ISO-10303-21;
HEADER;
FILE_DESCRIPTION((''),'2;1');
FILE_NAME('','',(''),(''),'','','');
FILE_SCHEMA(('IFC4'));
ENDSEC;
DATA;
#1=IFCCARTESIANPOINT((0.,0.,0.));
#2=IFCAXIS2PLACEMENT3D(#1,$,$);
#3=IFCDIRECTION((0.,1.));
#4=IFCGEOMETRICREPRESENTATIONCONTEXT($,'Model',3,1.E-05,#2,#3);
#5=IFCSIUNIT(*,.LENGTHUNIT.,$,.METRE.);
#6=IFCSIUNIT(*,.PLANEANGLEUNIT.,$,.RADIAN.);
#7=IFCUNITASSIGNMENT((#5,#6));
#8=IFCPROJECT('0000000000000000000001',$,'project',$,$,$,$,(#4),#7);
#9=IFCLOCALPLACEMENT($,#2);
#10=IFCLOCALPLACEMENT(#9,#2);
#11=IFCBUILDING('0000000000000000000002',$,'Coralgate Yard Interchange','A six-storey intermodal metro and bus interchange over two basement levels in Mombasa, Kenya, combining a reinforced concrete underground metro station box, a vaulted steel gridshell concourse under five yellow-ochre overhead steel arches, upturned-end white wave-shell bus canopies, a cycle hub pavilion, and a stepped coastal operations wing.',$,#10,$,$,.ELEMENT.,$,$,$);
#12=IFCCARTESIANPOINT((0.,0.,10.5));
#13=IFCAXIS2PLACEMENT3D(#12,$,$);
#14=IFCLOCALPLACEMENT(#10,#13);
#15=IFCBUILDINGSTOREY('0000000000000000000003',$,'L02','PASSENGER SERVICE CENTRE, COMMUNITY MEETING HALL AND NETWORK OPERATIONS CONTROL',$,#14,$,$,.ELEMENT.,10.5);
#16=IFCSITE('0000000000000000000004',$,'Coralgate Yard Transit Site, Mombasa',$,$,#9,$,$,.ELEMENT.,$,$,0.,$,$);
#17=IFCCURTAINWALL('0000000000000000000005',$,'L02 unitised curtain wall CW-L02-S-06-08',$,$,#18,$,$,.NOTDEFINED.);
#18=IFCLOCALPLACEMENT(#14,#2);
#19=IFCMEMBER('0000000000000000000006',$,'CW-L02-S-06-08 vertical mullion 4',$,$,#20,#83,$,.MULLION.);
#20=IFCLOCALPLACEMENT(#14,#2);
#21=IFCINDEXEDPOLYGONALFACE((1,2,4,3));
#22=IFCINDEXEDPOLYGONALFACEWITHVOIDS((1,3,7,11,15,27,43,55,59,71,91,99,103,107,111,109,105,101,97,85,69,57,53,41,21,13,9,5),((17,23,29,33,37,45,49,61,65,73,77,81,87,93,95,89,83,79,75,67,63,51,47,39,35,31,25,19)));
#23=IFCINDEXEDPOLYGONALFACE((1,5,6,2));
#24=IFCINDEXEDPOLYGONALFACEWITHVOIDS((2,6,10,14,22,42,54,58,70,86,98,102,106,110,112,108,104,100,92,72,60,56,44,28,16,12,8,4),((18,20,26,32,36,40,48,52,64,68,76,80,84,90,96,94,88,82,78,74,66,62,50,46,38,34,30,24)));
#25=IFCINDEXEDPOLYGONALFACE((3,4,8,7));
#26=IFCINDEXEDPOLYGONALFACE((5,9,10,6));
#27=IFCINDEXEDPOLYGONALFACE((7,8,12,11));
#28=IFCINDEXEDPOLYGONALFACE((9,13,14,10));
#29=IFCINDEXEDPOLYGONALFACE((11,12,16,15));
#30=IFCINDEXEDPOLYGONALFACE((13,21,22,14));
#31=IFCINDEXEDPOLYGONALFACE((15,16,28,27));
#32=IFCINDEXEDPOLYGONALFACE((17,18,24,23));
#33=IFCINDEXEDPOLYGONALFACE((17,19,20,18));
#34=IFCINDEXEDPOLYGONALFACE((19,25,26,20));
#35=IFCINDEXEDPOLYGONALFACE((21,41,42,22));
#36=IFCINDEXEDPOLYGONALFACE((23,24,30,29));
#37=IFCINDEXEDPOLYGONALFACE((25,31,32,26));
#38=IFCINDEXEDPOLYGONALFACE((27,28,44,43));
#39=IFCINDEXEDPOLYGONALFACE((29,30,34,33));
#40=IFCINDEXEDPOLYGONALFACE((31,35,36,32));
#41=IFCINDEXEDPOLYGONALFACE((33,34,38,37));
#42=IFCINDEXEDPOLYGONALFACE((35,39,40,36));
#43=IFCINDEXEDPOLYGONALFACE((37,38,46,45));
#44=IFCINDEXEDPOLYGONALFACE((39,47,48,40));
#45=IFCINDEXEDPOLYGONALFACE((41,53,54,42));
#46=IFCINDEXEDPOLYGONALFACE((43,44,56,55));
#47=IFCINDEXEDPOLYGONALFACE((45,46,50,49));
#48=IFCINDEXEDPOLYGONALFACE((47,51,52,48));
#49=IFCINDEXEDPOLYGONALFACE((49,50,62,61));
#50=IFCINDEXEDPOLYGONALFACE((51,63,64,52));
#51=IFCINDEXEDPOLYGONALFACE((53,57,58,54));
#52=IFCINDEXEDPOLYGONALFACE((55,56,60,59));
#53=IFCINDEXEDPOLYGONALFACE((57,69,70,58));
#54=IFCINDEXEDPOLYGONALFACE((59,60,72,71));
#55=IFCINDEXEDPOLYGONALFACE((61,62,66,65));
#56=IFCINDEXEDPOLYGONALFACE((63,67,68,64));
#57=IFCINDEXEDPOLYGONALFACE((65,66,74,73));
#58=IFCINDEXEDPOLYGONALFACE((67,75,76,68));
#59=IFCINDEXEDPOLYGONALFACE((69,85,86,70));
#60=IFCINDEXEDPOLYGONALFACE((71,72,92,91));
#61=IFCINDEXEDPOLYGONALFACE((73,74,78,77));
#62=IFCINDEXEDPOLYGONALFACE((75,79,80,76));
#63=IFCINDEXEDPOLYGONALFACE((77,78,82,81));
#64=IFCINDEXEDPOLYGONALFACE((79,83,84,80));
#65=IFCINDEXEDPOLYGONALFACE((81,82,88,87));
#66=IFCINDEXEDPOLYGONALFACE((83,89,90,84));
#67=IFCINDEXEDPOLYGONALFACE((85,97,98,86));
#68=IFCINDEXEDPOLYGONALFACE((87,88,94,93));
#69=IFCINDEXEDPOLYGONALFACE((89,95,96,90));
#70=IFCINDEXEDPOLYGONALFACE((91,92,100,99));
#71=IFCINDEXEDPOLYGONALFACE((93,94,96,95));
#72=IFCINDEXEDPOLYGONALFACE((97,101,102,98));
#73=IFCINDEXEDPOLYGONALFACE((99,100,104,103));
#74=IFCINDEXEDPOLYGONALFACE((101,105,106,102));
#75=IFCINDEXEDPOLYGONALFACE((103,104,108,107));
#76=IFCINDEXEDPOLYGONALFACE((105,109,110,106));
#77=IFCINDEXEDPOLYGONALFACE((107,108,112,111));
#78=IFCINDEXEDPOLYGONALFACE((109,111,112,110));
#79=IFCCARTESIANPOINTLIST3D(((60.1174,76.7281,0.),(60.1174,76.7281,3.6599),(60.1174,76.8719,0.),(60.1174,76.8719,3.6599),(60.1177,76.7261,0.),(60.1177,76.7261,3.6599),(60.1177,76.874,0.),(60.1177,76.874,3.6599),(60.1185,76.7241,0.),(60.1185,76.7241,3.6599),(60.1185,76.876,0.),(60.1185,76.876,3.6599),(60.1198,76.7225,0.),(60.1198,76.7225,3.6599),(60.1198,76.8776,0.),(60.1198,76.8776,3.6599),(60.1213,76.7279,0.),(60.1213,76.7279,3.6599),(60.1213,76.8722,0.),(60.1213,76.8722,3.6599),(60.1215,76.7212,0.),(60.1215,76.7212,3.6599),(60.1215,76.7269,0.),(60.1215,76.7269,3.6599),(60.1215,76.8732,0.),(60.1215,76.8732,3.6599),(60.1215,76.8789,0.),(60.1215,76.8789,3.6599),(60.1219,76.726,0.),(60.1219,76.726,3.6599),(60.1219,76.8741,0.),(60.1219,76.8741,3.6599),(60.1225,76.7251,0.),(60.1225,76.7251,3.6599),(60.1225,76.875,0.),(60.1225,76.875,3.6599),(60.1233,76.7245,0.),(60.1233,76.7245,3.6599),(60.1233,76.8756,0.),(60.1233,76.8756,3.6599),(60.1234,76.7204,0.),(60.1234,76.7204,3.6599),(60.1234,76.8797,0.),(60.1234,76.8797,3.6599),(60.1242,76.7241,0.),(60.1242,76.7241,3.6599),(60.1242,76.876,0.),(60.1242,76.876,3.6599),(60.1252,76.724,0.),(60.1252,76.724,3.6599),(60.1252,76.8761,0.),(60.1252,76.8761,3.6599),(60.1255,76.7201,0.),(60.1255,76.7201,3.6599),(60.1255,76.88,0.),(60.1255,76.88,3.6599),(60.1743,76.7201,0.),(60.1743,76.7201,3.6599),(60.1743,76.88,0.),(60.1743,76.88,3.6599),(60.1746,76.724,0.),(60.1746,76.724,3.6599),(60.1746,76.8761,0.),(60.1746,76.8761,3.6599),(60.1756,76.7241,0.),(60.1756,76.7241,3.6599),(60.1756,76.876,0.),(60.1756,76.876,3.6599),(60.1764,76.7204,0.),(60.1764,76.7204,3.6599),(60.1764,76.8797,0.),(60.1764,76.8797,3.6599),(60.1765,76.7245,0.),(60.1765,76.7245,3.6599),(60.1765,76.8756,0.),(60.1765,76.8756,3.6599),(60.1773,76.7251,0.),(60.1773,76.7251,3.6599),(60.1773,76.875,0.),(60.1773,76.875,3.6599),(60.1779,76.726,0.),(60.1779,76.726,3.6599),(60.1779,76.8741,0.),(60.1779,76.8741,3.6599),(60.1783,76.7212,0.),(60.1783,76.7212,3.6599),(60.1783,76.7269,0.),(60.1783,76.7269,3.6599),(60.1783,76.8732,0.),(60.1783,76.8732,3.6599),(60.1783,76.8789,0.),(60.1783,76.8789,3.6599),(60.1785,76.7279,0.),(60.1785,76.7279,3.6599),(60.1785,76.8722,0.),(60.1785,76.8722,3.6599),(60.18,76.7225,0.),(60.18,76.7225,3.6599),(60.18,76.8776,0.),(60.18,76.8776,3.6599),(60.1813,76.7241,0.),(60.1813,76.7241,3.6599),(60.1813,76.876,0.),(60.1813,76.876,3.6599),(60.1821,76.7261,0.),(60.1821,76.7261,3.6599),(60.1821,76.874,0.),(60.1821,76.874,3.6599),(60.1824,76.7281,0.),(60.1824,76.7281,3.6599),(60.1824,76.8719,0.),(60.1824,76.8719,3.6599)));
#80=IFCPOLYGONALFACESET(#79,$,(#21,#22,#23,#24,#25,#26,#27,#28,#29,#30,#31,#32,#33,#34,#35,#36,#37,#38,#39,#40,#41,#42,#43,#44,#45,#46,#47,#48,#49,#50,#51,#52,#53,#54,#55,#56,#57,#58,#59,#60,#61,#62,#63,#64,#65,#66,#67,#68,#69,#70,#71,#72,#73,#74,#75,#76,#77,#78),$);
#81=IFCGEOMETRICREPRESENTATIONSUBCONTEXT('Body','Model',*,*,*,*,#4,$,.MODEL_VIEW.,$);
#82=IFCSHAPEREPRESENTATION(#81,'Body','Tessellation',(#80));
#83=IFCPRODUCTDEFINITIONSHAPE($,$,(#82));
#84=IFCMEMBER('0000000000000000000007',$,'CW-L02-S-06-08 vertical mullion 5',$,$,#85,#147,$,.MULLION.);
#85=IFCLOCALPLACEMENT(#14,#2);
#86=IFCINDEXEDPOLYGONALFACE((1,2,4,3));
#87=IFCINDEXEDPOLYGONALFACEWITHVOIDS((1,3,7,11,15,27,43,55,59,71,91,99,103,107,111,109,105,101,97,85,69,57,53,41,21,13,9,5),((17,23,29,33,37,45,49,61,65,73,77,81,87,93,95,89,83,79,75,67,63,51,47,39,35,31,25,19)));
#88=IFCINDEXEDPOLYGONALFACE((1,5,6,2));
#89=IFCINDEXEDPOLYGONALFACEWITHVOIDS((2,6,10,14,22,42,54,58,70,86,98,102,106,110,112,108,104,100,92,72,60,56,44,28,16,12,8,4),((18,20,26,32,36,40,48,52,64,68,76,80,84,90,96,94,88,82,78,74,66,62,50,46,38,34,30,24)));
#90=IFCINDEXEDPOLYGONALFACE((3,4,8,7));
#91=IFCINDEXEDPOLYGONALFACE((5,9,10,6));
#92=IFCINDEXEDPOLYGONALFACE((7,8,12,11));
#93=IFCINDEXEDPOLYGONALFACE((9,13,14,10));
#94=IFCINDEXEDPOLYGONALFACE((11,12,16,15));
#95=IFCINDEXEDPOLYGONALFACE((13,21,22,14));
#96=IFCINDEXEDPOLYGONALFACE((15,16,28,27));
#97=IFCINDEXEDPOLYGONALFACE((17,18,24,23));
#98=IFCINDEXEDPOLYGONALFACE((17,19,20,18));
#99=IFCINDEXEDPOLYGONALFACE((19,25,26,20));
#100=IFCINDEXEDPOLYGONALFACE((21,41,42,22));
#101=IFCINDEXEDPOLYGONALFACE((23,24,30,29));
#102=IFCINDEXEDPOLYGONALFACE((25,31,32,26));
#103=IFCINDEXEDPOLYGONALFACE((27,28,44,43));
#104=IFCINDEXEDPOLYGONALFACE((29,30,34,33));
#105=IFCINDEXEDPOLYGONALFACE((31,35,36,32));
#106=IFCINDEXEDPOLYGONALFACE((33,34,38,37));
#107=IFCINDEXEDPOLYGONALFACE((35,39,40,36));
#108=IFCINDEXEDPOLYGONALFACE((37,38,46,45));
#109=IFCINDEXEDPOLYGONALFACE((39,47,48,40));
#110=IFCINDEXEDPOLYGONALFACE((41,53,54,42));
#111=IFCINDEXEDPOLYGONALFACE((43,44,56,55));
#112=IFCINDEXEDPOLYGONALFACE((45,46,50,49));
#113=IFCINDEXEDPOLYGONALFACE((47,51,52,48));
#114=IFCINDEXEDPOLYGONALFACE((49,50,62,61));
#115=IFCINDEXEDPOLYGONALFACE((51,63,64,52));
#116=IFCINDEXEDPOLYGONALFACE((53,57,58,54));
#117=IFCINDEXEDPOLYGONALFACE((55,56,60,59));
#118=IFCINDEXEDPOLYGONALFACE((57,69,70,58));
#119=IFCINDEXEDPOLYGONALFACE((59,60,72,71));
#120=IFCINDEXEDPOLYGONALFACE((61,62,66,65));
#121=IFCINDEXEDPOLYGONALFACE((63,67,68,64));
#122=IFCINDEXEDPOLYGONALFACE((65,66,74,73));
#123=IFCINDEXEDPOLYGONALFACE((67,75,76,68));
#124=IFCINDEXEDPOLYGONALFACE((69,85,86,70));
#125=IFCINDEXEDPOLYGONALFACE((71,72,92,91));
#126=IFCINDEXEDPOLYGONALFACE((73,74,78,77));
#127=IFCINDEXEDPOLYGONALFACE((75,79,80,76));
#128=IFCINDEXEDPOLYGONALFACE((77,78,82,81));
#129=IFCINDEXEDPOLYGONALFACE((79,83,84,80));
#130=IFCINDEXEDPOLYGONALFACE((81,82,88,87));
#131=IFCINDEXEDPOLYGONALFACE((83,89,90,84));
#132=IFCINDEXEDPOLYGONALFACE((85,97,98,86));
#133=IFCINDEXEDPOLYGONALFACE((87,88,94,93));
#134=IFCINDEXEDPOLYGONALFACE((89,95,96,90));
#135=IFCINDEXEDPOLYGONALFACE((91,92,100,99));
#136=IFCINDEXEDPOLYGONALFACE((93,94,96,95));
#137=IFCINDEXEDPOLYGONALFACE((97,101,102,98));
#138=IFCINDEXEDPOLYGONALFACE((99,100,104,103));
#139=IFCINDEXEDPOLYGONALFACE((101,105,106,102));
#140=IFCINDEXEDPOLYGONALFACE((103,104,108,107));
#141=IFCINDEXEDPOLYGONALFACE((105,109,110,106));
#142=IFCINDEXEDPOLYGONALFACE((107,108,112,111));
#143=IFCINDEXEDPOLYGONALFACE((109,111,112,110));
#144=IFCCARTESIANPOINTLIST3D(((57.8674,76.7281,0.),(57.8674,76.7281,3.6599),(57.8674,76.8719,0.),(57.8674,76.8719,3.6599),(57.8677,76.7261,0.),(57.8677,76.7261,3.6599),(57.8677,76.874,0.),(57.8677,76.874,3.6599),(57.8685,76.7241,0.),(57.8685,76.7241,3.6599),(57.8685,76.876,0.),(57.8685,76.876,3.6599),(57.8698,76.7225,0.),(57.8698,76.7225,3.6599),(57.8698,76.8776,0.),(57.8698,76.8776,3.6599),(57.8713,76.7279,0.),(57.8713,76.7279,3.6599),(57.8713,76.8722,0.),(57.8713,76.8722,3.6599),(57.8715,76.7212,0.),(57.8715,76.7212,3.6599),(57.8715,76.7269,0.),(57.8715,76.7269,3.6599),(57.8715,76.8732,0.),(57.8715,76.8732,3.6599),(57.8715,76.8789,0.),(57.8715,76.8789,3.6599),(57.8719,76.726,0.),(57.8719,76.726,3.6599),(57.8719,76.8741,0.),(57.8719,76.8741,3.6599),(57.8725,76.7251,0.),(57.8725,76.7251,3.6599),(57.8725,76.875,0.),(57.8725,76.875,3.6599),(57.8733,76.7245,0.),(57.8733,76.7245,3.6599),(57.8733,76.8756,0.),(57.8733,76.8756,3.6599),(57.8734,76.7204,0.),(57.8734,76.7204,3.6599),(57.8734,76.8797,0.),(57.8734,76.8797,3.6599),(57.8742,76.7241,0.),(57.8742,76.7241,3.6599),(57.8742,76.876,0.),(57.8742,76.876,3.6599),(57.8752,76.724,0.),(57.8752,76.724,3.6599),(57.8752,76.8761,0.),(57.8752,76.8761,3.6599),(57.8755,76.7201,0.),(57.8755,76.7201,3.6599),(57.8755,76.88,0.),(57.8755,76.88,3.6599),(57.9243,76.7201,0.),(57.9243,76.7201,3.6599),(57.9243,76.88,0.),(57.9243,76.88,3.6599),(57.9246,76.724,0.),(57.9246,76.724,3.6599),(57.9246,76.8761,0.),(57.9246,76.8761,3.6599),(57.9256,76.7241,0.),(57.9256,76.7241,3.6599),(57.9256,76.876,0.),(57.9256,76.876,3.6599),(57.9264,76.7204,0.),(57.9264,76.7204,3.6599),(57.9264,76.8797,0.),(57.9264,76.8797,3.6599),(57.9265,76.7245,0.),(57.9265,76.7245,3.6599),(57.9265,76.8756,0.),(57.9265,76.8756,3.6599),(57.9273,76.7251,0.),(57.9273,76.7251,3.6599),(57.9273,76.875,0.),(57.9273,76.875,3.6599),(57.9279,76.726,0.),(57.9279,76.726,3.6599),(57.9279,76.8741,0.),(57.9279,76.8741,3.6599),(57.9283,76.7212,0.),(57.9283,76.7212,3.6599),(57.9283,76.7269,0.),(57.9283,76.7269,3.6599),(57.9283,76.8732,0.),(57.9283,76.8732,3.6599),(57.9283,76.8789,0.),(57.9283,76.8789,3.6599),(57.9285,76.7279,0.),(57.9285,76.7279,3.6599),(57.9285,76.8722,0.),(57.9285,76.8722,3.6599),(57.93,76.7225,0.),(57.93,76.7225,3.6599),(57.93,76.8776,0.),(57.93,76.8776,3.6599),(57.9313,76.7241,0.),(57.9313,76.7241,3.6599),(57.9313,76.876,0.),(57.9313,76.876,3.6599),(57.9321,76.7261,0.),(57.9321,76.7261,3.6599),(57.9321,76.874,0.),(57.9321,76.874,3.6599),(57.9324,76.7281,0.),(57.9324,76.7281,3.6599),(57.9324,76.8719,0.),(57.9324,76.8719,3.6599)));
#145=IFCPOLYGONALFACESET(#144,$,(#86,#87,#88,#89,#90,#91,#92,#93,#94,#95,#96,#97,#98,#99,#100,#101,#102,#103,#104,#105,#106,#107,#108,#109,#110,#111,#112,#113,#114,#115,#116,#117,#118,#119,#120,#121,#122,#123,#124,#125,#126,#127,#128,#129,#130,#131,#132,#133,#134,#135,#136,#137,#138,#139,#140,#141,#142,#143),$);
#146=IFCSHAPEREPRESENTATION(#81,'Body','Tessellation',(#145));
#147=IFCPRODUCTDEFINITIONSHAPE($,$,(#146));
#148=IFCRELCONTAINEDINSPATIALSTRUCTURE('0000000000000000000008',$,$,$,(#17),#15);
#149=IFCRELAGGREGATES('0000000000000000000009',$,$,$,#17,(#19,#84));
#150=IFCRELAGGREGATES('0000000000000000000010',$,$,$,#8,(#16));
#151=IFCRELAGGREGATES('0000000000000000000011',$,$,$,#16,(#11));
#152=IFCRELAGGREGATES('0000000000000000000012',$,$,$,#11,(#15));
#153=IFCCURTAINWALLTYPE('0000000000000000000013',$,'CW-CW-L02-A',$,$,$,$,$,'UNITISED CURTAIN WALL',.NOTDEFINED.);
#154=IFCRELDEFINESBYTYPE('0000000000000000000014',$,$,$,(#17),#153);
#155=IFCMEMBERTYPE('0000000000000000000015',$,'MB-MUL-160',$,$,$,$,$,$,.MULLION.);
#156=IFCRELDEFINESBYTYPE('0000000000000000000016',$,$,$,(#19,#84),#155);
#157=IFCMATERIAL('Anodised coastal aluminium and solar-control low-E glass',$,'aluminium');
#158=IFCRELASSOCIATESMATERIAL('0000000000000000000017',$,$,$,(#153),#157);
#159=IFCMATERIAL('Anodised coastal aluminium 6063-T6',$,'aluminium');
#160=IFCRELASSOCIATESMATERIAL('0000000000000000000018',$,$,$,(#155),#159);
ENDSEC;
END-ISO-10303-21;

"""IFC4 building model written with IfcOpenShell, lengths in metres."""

from ifc_helpers import new_model, si_unit, direction, frame, origin, origin_2d, place, context, subcontext, project, spatial, hollow_rectangle, extrude, material, material_profile, profile_set, type_object, element, aggregate, save


model = new_model("IFC4")

# Units and contexts
model_context = context("Model", 3, precision=1e-05, world=origin(), true_north=direction((0.0, 1.0)))
body_context = subcontext(model_context, "Body", "Model", "MODEL_VIEW")
ifc_project = project(units=[si_unit("LENGTHUNIT", "METRE"), si_unit("PLANEANGLEUNIT", "RADIAN")], contexts=[model_context])

# Site, building, storey
site_placement = place(None, origin())
site = spatial("IfcSite", under=ifc_project, at=site_placement, Name="Coralgate Yard Transit Site, Mombasa", CompositionType="ELEMENT", RefElevation=0.0)
building_placement = place(site_placement, origin())
building = spatial("IfcBuilding", under=site, at=building_placement, Name="Coralgate Yard Interchange", Description="A six-storey intermodal metro and bus interchange over two basement levels in Mombasa, Kenya, combining a reinforced concrete underground metro station box, a vaulted steel gridshell concourse under five yellow-ochre overhead steel arches, upturned-end white wave-shell bus canopies, a cycle hub pavilion, and a stepped coastal operations wing.", CompositionType="ELEMENT")
storey_placement = place(building_placement, frame((0.0, 0.0, 10.5)))
storey = spatial("IfcBuildingStorey", under=building, at=storey_placement, Name="L02", Description="PASSENGER SERVICE CENTRE, COMMUNITY MEETING HALL AND NETWORK OPERATIONS CONTROL", CompositionType="ELEMENT", Elevation=10.5)

# Curtain wall, members
ifc_material_1 = material(Name="Anodised coastal aluminium and solar-control low-E glass", Category="aluminium")
curtain_wall_type = type_object("IfcCurtainWallType", Name="CW-CW-L02-A", ElementType="UNITISED CURTAIN WALL", PredefinedType="NOTDEFINED", material=ifc_material_1)
curtain_wall_placement = place(storey_placement, origin())
curtain_wall = element("IfcCurtainWall", 1, at=curtain_wall_placement, inside=storey, type_object=curtain_wall_type, Name="L02 unitised curtain wall CW-L02-S-06-08", PredefinedType="NOTDEFINED")
ifc_material_2 = material(Name="Anodised coastal aluminium 6063-T6", Category="aluminium")
ifc_material_profile_1 = material_profile(ifc_material_2, hollow_rectangle(XDim=0.0649, YDim=0.1599, WallThickness=0.0039, InnerFilletRadius=0.0039, OuterFilletRadius=0.0081, at=origin_2d()), Name="ALU 65x160x4")
ifc_profile_set_1 = profile_set([ifc_material_profile_1], Name="Anodised coastal aluminium 6063-T6")
member_type_1 = type_object("IfcMemberType", Name="MB-MUL-160", PredefinedType="MULLION", material=ifc_profile_set_1)
member_1_placement = place(storey_placement, frame((60.1499, 76.8, 0.0), z_axis=(0.0, 0.0, 1.0), x_axis=(1.0, 0.0, 0.0)))
member_1 = element("IfcMember", 2, at=member_1_placement, type_object=member_type_1, Name="CW-L02-S-06-08 vertical mullion 4", PredefinedType="MULLION", context=body_context, shape_type="SweptSolid", body=[
    extrude(hollow_rectangle(XDim=0.0649, YDim=0.1599, WallThickness=0.0039, InnerFilletRadius=0.0039, OuterFilletRadius=0.0081, at=origin_2d()), origin(), (0.0, 0.0, 1.0), 3.6599),
])
member_2_placement = place(storey_placement, frame((57.8999, 76.8, 0.0), z_axis=(0.0, 0.0, 1.0), x_axis=(1.0, 0.0, 0.0)))
member_2 = element("IfcMember", 3, at=member_2_placement, type_object=member_type_1, Name="CW-L02-S-06-08 vertical mullion 5", PredefinedType="MULLION", context=body_context, shape_type="SweptSolid", body=[
    extrude(hollow_rectangle(XDim=0.0649, YDim=0.1599, WallThickness=0.0039, InnerFilletRadius=0.0039, OuterFilletRadius=0.0081, at=origin_2d()), origin(), (0.0, 0.0, 1.0), 3.6599),
])
aggregate(curtain_wall, [member_1, member_2])

save(model, "model.ifc")
